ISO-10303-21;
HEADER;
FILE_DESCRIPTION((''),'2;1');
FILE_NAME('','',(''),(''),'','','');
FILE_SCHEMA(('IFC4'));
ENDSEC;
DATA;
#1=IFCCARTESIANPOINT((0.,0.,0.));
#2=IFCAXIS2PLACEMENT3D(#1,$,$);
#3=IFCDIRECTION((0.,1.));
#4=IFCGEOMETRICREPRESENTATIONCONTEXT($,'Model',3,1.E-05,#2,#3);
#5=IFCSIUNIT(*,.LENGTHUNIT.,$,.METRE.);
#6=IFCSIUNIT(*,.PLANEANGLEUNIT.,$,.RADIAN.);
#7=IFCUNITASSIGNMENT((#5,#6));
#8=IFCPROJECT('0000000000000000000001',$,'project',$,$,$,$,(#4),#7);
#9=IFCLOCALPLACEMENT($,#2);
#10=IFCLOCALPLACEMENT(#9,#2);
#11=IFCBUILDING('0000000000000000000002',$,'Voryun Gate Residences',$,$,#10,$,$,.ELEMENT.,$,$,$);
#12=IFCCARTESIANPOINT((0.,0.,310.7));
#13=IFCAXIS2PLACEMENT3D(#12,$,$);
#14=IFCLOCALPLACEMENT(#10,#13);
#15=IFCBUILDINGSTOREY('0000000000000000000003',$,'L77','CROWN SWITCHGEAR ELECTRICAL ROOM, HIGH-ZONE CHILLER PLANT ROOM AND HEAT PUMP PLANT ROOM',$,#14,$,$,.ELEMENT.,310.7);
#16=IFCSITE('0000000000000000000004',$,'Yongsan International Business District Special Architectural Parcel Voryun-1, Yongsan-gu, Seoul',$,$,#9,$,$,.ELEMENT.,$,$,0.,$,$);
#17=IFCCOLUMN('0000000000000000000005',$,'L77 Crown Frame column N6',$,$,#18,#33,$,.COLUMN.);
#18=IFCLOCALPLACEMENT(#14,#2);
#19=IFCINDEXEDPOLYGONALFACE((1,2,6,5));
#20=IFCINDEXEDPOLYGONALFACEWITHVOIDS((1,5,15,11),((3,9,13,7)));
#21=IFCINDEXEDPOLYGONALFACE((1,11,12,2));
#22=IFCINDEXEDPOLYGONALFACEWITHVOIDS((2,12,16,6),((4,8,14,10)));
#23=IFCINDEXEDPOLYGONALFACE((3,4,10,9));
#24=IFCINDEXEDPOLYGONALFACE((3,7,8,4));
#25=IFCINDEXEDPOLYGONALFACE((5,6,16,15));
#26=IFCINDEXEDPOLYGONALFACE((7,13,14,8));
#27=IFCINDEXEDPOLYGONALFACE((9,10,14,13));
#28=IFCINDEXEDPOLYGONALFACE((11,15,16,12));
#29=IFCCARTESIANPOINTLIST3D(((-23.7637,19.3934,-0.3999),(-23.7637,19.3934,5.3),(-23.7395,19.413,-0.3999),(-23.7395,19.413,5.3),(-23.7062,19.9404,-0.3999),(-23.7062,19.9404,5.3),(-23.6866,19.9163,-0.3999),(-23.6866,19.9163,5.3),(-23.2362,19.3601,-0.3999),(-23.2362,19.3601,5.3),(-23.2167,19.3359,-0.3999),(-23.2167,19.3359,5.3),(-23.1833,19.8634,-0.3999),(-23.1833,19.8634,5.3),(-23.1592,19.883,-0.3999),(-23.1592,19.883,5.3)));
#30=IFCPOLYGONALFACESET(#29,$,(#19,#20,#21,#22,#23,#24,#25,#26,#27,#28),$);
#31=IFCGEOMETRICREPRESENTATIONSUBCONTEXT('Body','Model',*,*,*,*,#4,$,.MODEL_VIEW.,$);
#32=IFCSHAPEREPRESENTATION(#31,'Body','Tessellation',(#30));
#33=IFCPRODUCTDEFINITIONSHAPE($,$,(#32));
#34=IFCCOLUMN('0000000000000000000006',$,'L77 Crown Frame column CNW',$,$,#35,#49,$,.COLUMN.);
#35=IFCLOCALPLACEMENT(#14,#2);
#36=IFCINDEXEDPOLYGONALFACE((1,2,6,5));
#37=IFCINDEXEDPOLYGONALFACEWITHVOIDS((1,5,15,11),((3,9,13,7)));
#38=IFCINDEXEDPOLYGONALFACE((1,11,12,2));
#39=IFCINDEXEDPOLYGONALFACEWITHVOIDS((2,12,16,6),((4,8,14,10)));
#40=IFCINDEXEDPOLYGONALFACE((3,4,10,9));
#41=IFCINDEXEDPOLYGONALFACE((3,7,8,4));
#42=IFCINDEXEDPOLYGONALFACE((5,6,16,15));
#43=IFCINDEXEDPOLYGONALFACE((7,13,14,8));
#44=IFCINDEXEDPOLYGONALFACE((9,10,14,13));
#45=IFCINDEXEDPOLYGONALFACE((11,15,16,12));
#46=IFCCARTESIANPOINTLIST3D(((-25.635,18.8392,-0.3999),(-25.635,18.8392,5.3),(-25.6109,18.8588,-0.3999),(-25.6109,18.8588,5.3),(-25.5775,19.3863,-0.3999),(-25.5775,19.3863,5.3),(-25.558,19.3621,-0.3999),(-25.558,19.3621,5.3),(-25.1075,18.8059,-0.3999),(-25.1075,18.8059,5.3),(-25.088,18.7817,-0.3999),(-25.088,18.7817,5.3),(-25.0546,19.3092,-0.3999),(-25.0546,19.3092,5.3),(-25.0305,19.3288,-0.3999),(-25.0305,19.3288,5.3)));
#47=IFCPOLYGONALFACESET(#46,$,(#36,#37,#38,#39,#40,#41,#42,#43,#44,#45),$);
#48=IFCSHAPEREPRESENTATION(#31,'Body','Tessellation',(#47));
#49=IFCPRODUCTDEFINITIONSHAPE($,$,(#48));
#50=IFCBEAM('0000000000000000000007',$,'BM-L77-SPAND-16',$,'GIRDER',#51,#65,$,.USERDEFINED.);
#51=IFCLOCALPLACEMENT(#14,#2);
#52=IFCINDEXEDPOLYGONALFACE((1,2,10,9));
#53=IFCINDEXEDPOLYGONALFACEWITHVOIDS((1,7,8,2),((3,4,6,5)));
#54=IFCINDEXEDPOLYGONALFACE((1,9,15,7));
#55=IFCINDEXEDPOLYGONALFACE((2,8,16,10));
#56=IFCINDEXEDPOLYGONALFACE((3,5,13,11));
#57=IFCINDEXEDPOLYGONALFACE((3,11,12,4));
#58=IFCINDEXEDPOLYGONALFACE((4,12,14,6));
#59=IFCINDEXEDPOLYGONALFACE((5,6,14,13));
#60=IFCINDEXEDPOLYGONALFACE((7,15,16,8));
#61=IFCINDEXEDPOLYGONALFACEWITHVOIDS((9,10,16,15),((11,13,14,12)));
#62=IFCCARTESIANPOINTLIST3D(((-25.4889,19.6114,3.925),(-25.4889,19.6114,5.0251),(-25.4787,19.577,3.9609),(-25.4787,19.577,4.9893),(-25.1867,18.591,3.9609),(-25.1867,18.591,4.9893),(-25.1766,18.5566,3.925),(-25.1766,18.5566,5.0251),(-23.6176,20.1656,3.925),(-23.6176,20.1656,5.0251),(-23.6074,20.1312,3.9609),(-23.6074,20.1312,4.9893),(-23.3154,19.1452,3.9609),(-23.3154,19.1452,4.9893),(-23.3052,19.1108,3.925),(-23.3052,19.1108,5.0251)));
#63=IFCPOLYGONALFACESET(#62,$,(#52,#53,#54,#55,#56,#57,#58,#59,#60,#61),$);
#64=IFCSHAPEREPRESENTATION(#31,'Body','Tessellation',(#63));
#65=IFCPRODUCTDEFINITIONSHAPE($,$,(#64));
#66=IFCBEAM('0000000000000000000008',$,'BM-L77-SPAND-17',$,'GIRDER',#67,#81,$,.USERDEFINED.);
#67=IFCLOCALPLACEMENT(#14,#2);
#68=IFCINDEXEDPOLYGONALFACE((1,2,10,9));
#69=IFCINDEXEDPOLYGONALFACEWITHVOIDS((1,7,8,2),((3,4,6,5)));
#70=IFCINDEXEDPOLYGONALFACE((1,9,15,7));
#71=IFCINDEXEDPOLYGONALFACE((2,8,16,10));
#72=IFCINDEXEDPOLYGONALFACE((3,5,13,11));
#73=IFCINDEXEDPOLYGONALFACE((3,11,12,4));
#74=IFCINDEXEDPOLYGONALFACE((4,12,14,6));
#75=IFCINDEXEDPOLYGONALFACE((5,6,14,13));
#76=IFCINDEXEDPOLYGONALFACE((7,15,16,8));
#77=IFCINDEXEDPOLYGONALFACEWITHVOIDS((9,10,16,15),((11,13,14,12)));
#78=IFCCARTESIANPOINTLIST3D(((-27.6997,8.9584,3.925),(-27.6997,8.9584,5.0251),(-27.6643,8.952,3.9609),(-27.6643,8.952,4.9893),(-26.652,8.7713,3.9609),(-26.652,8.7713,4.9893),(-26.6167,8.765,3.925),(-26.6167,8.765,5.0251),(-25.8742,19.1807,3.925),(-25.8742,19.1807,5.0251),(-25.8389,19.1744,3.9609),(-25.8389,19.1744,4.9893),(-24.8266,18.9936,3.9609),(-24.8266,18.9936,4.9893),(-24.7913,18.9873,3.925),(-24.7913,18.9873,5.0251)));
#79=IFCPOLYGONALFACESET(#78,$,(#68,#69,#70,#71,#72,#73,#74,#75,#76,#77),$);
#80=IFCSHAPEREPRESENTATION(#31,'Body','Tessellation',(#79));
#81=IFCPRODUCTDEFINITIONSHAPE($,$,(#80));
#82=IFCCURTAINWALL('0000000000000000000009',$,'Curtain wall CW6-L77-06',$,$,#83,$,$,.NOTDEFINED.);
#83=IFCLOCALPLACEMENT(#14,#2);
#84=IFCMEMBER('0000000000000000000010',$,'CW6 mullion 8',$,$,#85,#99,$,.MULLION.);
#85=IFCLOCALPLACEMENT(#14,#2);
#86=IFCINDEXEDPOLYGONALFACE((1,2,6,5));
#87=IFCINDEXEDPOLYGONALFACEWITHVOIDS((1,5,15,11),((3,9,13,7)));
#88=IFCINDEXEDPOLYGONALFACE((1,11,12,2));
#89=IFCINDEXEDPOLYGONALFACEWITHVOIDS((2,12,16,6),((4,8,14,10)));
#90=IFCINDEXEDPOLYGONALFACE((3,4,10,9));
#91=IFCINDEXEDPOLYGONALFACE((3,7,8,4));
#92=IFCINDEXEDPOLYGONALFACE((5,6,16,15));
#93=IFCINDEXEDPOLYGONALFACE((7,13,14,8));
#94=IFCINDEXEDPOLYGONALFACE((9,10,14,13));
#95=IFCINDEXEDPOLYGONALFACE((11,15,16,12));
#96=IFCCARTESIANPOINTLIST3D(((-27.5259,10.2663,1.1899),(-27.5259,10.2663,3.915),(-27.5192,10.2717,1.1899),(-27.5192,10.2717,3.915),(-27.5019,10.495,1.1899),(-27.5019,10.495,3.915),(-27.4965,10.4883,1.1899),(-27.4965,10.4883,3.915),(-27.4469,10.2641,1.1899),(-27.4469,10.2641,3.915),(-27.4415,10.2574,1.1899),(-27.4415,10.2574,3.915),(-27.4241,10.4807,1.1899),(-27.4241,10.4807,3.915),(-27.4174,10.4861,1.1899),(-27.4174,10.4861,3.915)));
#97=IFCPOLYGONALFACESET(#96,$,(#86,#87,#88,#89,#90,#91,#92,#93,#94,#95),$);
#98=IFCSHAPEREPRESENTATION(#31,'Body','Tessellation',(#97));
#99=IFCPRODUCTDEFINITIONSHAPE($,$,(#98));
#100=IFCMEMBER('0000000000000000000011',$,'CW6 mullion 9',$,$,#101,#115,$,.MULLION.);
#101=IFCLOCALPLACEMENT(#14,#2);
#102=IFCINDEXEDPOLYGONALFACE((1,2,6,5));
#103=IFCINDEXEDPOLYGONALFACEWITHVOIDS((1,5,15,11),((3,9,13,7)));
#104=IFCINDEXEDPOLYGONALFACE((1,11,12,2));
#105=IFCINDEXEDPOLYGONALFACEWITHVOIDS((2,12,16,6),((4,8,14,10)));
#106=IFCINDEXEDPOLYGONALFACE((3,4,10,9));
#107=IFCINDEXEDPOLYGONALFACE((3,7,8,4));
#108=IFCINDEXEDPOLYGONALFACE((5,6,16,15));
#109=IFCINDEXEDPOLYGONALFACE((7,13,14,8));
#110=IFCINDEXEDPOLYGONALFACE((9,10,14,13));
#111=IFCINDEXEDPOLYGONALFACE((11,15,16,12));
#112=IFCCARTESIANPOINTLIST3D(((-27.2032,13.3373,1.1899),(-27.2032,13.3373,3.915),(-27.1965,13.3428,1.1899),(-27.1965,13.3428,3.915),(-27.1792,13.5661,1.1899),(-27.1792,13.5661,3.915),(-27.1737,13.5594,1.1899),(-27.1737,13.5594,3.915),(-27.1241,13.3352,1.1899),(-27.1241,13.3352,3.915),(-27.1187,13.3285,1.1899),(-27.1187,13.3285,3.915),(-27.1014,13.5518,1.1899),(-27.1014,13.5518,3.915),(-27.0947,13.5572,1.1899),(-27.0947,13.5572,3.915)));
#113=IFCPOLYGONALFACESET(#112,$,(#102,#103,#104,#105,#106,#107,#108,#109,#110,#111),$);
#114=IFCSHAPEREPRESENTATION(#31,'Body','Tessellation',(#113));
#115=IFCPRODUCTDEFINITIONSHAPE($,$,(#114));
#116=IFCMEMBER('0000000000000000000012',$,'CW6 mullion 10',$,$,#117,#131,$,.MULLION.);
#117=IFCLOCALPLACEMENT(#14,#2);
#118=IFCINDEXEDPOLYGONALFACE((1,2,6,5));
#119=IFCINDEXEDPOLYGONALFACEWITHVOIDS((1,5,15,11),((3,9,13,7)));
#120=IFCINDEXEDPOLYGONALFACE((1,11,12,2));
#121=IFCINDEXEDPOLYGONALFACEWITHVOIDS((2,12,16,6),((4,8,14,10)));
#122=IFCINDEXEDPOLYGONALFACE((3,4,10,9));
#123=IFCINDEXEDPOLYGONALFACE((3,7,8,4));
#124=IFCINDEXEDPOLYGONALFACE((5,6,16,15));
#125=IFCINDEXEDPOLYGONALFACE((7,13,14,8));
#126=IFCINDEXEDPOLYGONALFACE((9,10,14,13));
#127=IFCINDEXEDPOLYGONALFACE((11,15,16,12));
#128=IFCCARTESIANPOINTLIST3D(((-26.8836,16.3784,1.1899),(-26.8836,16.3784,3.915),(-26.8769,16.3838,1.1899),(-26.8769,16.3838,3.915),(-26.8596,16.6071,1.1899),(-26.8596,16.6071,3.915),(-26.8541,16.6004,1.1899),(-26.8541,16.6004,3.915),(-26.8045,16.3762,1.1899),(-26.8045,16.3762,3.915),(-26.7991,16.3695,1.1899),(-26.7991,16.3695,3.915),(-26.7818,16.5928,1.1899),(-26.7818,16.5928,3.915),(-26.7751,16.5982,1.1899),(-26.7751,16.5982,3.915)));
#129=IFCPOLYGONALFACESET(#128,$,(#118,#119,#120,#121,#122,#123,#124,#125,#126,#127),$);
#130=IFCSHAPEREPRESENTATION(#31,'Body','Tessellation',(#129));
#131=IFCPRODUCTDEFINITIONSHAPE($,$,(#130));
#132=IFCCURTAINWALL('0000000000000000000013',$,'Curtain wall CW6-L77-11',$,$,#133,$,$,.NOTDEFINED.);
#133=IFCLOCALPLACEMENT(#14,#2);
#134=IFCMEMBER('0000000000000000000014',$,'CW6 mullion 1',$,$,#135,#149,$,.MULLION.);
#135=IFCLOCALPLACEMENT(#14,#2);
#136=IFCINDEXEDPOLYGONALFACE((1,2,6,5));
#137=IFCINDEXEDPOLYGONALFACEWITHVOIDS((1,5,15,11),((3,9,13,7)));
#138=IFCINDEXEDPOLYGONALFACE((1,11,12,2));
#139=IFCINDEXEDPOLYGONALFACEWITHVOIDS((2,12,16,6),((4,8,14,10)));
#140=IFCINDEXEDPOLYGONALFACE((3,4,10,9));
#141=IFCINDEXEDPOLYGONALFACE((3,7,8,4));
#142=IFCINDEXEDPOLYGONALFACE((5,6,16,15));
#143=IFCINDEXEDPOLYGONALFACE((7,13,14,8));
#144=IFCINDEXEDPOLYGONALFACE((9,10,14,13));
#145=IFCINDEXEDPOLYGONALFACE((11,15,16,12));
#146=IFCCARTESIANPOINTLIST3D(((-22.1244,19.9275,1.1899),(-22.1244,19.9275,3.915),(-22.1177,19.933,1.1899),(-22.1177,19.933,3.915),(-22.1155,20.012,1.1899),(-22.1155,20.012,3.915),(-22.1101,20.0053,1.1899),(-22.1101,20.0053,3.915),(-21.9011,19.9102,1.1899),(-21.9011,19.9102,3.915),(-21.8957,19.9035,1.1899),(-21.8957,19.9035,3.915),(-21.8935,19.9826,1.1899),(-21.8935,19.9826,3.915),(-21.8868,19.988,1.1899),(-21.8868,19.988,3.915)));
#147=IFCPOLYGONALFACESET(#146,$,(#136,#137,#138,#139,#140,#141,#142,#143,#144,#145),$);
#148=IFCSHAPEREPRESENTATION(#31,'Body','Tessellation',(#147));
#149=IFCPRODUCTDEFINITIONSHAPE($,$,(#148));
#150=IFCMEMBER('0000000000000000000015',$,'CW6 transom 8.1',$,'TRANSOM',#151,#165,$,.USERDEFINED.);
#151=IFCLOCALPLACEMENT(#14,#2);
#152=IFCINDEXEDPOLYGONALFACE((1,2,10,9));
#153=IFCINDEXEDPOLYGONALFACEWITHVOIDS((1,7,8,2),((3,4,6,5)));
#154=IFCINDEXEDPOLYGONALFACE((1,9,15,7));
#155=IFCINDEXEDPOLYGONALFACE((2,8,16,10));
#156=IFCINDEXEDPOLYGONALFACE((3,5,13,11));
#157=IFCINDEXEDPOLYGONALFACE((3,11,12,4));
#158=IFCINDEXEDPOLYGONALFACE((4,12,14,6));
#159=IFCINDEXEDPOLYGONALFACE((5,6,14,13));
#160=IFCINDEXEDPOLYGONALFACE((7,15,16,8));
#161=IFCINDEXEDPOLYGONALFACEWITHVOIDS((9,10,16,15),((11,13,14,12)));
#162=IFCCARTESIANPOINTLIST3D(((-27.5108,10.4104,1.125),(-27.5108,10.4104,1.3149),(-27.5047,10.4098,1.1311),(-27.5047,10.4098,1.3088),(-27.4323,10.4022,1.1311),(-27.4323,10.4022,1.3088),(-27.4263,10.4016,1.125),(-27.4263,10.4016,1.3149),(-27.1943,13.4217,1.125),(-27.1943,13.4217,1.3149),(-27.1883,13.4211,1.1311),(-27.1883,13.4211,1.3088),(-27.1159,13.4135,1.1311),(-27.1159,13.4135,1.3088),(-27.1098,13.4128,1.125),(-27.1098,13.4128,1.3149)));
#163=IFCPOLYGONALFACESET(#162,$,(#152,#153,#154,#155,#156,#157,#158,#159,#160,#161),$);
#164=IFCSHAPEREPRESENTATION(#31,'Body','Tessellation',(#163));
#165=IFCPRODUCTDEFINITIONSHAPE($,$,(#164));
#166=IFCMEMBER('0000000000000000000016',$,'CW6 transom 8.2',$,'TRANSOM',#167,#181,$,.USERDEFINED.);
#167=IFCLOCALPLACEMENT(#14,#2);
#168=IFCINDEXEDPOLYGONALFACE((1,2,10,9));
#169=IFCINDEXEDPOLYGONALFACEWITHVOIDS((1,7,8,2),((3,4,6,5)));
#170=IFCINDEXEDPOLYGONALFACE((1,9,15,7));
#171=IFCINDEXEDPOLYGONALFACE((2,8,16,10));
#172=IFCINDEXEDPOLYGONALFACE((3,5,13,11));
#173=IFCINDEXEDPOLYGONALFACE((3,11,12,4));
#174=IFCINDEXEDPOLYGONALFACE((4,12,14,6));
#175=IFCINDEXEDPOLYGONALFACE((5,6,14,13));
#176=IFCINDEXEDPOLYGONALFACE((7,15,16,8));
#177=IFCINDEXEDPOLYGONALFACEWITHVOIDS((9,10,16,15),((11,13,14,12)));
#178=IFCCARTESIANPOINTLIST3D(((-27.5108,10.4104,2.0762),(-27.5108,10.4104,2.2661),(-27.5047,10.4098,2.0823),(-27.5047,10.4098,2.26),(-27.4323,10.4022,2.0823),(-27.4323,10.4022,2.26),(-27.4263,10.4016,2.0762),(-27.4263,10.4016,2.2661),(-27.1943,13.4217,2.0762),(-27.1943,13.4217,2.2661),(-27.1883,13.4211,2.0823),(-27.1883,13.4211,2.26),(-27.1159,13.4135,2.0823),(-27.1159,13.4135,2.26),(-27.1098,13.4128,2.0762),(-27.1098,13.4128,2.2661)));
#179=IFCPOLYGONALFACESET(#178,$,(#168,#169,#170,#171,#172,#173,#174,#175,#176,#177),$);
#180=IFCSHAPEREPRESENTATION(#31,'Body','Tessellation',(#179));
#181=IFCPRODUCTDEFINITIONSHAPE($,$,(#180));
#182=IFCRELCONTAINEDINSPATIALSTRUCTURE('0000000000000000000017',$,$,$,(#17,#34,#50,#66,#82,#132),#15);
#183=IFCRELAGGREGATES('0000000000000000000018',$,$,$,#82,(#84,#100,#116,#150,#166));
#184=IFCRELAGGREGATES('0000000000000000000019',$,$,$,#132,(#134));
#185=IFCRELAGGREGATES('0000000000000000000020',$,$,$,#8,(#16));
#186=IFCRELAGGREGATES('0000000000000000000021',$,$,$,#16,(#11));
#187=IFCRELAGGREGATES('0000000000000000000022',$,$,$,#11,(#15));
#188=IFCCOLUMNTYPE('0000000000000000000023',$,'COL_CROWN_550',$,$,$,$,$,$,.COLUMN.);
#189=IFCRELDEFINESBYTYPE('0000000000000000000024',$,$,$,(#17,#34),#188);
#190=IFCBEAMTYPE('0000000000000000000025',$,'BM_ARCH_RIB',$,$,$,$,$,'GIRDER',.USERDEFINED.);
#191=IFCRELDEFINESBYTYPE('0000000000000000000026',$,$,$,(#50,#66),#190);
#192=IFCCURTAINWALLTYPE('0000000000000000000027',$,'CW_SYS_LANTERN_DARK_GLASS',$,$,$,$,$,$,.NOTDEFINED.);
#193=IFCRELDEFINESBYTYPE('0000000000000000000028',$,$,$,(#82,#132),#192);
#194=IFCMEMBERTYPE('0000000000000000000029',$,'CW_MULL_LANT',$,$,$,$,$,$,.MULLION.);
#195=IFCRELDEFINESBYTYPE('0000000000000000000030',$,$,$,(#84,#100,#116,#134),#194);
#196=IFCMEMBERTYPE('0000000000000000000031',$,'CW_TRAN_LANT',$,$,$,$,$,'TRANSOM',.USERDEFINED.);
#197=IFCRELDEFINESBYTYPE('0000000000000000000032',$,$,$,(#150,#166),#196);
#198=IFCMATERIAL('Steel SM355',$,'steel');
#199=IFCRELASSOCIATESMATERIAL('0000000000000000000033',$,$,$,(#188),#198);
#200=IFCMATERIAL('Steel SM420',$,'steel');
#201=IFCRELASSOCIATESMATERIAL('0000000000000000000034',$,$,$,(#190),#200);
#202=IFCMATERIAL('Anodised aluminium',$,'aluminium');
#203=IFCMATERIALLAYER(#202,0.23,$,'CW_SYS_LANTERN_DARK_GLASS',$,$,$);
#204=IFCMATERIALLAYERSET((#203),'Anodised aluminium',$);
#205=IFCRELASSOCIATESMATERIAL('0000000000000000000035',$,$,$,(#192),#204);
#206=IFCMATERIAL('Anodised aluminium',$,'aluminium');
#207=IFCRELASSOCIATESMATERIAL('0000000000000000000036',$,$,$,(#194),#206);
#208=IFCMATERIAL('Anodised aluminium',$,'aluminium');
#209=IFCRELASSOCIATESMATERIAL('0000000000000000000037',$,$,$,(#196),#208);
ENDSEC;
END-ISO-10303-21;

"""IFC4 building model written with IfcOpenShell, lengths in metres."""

from ifc_helpers import new_model, si_unit, direction, frame, origin, origin_2d, place, context, subcontext, project, spatial, hollow_rectangle, extrude, material, layer, layer_set, material_profile, profile_set, type_object, element, aggregate, save


model = new_model("IFC4")

# Units and contexts
model_context = context("Model", 3, precision=1e-05, world=origin(), true_north=direction((0.0, 1.0)))
body_context = subcontext(model_context, "Body", "Model", "MODEL_VIEW")
ifc_project = project(units=[si_unit("LENGTHUNIT", "METRE"), si_unit("PLANEANGLEUNIT", "RADIAN")], contexts=[model_context])

# Site, building, storey
site_placement = place(None, origin())
site = spatial("IfcSite", under=ifc_project, at=site_placement, Name="Yongsan International Business District Special Architectural Parcel Voryun-1, Yongsan-gu, Seoul", CompositionType="ELEMENT", RefElevation=0.0)
building_placement = place(site_placement, origin())
building = spatial("IfcBuilding", under=site, at=building_placement, Name="Voryun Gate Residences", CompositionType="ELEMENT")
storey_placement = place(building_placement, frame((0.0, 0.0, 310.7)))
storey = spatial("IfcBuildingStorey", under=building, at=storey_placement, Name="L77", Description="CROWN SWITCHGEAR ELECTRICAL ROOM, HIGH-ZONE CHILLER PLANT ROOM AND HEAT PUMP PLANT ROOM", CompositionType="ELEMENT", Elevation=310.7)

# Columns
ifc_material_1 = material(Name="Steel SM355", Category="steel")
ifc_material_profile_1 = material_profile(ifc_material_1, hollow_rectangle(XDim=0.55, YDim=0.55, WallThickness=0.022, at=origin_2d()), Name="BOX-550x550x22")
ifc_profile_set_1 = profile_set([ifc_material_profile_1], Name="Steel SM355")
column_type = type_object("IfcColumnType", Name="COL_CROWN_550", PredefinedType="COLUMN", material=ifc_profile_set_1)
for number, where, z_axis, x_axis, name in (
    (1, (-23.4614, 19.6382, -0.3999), (0.0, 0.0, 1.0), (0.994522, -0.104528, 0.0), "L77 Crown Frame column N6"),
    (2, (-25.3328, 19.084, -0.3999), (0.0, 0.0, 1.0), (0.994522, -0.104528, 0.0), "L77 Crown Frame column CNW"),
):
    element("IfcColumn", number, at=place(storey_placement, frame(where, z_axis=z_axis, x_axis=x_axis)), inside=storey, type_object=column_type, Name=name, PredefinedType="COLUMN", context=body_context, shape_type="SweptSolid", body=[
        extrude(hollow_rectangle(XDim=0.55, YDim=0.55, WallThickness=0.022, at=origin_2d()), origin(), (0.0, 0.0, 1.0), 5.7),
    ])

# Beams
ifc_material_2 = material(Name="Steel SM420", Category="steel")
ifc_material_profile_2 = material_profile(ifc_material_2, hollow_rectangle(XDim=1.1001, YDim=1.1001, WallThickness=0.0359, at=origin_2d()), Name="BOX-1100x1100x36")
ifc_profile_set_2 = profile_set([ifc_material_profile_2], Name="Steel SM420")
beam_type = type_object("IfcBeamType", Name="BM_ARCH_RIB", ElementType="GIRDER", PredefinedType="USERDEFINED", material=ifc_profile_set_2)
beam_1_placement = place(storey_placement, frame((-23.4614, 19.6382, 4.4751), z_axis=(-0.958836, -0.283961, 0.0), x_axis=(0.283961, -0.958836, 0.0)))
element("IfcBeam", 3, at=beam_1_placement, inside=storey, type_object=beam_type, Name="BM-L77-SPAND-16", ObjectType="GIRDER", PredefinedType="USERDEFINED", context=body_context, shape_type="SweptSolid", body=[
    extrude(hollow_rectangle(XDim=1.1001, YDim=1.1001, WallThickness=0.0359, at=origin_2d()), origin(), (0.0, 0.0, 1.0), 1.9517),
])
beam_2_placement = place(storey_placement, frame((-25.3328, 19.084, 4.4751), z_axis=(-0.175791, -0.984427, 0.0), x_axis=(0.984427, -0.175791, 0.0)))
element("IfcBeam", 4, at=beam_2_placement, inside=storey, type_object=beam_type, Name="BM-L77-SPAND-17", ObjectType="GIRDER", PredefinedType="USERDEFINED", context=body_context, shape_type="SweptSolid", body=[
    extrude(hollow_rectangle(XDim=1.1001, YDim=1.1001, WallThickness=0.0359, at=origin_2d()), origin(), (0.0, 0.0, 1.0), 10.384),
])

# Curtain wall, members
ifc_material_3 = material(Name="Anodised aluminium", Category="aluminium")
ifc_layer_1 = layer(ifc_material_3, 0.23, Name="CW_SYS_LANTERN_DARK_GLASS")
ifc_layer_set_1 = layer_set([ifc_layer_1], Name="Anodised aluminium")
curtain_wall_type = type_object("IfcCurtainWallType", Name="CW_SYS_LANTERN_DARK_GLASS", PredefinedType="NOTDEFINED", material=ifc_layer_set_1)
curtain_wall_1_placement = place(storey_placement, origin())
curtain_wall_1 = element("IfcCurtainWall", 5, at=curtain_wall_1_placement, inside=storey, type_object=curtain_wall_type, Name="Curtain wall CW6-L77-06", PredefinedType="NOTDEFINED")
ifc_material_4 = material(Name="Anodised aluminium", Category="aluminium")
ifc_material_profile_3 = material_profile(ifc_material_4, hollow_rectangle(XDim=0.085, YDim=0.23, WallThickness=0.0061, at=origin_2d()), Name="ALU-MULL-230x85x6")
ifc_profile_set_3 = profile_set([ifc_material_profile_3], Name="Anodised aluminium")
member_type_1 = type_object("IfcMemberType", Name="CW_MULL_LANT", PredefinedType="MULLION", material=ifc_profile_set_3)
member_1_placement = place(storey_placement, frame((-27.4717, 10.3762, 1.1899), z_axis=(0.0, 0.0, 1.0), x_axis=(-0.994522, 0.104528, 0.0)))
member_1 = element("IfcMember", 6, at=member_1_placement, type_object=member_type_1, Name="CW6 mullion 8", PredefinedType="MULLION", context=body_context, shape_type="SweptSolid", body=[
    extrude(hollow_rectangle(XDim=0.085, YDim=0.23, WallThickness=0.0061, at=origin_2d()), origin(), (0.0, 0.0, 1.0), 2.7251),
])
member_2_placement = place(storey_placement, frame((-27.1489, 13.4473, 1.1899), z_axis=(0.0, 0.0, 1.0), x_axis=(-0.994522, 0.104528, 0.0)))
member_2 = element("IfcMember", 7, at=member_2_placement, type_object=member_type_1, Name="CW6 mullion 9", PredefinedType="MULLION", context=body_context, shape_type="SweptSolid", body=[
    extrude(hollow_rectangle(XDim=0.085, YDim=0.23, WallThickness=0.0061, at=origin_2d()), origin(), (0.0, 0.0, 1.0), 2.7251),
])
member_3_placement = place(storey_placement, frame((-26.8293, 16.4883, 1.1899), z_axis=(0.0, 0.0, 1.0), x_axis=(-0.994522, 0.104528, 0.0)))
member_3 = element("IfcMember", 8, at=member_3_placement, type_object=member_type_1, Name="CW6 mullion 10", PredefinedType="MULLION", context=body_context, shape_type="SweptSolid", body=[
    extrude(hollow_rectangle(XDim=0.085, YDim=0.23, WallThickness=0.0061, at=origin_2d()), origin(), (0.0, 0.0, 1.0), 2.7251),
])

# Curtain wall, member
curtain_wall_2_placement = place(storey_placement, origin())
curtain_wall_2 = element("IfcCurtainWall", 9, at=curtain_wall_2_placement, inside=storey, type_object=curtain_wall_type, Name="Curtain wall CW6-L77-11", PredefinedType="NOTDEFINED")
member_4_placement = place(storey_placement, frame((-22.0056, 19.9578, 1.1899), z_axis=(0.0, 0.0, 1.0), x_axis=(0.104528, 0.994522, 0.0)))
member_4 = element("IfcMember", 10, at=member_4_placement, type_object=member_type_1, Name="CW6 mullion 1", PredefinedType="MULLION", context=body_context, shape_type="SweptSolid", body=[
    extrude(hollow_rectangle(XDim=0.085, YDim=0.23, WallThickness=0.0061, at=origin_2d()), origin(), (0.0, 0.0, 1.0), 2.7251),
])

# Members
ifc_material_5 = material(Name="Anodised aluminium", Category="aluminium")
ifc_material_profile_4 = material_profile(ifc_material_5, hollow_rectangle(XDim=0.085, YDim=0.1899, WallThickness=0.0061, at=origin_2d()), Name="ALU-TRAN-190x85x6")
ifc_profile_set_4 = profile_set([ifc_material_profile_4], Name="Anodised aluminium")
member_type_2 = type_object("IfcMemberType", Name="CW_TRAN_LANT", ElementType="TRANSOM", PredefinedType="USERDEFINED", material=ifc_profile_set_4)
member_5_placement = place(storey_placement, frame((-27.4685, 10.406, 1.22), z_axis=(0.1045, 0.994525, 0.0), x_axis=(-0.994525, 0.1045, 0.0)))
member_5 = element("IfcMember", 11, at=member_5_placement, type_object=member_type_2, Name="CW6 transom 8.1", ObjectType="TRANSOM", PredefinedType="USERDEFINED", context=body_context, shape_type="SweptSolid", body=[
    extrude(hollow_rectangle(XDim=0.085, YDim=0.1899, WallThickness=0.0061, at=origin_2d()), origin(), (0.0, 0.0, 1.0), 3.0278),
])
member_6_placement = place(storey_placement, frame((-27.4685, 10.406, 2.1711), z_axis=(0.1045, 0.994525, 0.0), x_axis=(-0.994525, 0.1045, 0.0)))
member_6 = element("IfcMember", 12, at=member_6_placement, type_object=member_type_2, Name="CW6 transom 8.2", ObjectType="TRANSOM", PredefinedType="USERDEFINED", context=body_context, shape_type="SweptSolid", body=[
    extrude(hollow_rectangle(XDim=0.085, YDim=0.1899, WallThickness=0.0061, at=origin_2d()), origin(), (0.0, 0.0, 1.0), 3.0278),
])

aggregate(curtain_wall_1, [member_1, member_2, member_3, member_5, member_6])
aggregate(curtain_wall_2, [member_4])

save(model, "model.ifc")
